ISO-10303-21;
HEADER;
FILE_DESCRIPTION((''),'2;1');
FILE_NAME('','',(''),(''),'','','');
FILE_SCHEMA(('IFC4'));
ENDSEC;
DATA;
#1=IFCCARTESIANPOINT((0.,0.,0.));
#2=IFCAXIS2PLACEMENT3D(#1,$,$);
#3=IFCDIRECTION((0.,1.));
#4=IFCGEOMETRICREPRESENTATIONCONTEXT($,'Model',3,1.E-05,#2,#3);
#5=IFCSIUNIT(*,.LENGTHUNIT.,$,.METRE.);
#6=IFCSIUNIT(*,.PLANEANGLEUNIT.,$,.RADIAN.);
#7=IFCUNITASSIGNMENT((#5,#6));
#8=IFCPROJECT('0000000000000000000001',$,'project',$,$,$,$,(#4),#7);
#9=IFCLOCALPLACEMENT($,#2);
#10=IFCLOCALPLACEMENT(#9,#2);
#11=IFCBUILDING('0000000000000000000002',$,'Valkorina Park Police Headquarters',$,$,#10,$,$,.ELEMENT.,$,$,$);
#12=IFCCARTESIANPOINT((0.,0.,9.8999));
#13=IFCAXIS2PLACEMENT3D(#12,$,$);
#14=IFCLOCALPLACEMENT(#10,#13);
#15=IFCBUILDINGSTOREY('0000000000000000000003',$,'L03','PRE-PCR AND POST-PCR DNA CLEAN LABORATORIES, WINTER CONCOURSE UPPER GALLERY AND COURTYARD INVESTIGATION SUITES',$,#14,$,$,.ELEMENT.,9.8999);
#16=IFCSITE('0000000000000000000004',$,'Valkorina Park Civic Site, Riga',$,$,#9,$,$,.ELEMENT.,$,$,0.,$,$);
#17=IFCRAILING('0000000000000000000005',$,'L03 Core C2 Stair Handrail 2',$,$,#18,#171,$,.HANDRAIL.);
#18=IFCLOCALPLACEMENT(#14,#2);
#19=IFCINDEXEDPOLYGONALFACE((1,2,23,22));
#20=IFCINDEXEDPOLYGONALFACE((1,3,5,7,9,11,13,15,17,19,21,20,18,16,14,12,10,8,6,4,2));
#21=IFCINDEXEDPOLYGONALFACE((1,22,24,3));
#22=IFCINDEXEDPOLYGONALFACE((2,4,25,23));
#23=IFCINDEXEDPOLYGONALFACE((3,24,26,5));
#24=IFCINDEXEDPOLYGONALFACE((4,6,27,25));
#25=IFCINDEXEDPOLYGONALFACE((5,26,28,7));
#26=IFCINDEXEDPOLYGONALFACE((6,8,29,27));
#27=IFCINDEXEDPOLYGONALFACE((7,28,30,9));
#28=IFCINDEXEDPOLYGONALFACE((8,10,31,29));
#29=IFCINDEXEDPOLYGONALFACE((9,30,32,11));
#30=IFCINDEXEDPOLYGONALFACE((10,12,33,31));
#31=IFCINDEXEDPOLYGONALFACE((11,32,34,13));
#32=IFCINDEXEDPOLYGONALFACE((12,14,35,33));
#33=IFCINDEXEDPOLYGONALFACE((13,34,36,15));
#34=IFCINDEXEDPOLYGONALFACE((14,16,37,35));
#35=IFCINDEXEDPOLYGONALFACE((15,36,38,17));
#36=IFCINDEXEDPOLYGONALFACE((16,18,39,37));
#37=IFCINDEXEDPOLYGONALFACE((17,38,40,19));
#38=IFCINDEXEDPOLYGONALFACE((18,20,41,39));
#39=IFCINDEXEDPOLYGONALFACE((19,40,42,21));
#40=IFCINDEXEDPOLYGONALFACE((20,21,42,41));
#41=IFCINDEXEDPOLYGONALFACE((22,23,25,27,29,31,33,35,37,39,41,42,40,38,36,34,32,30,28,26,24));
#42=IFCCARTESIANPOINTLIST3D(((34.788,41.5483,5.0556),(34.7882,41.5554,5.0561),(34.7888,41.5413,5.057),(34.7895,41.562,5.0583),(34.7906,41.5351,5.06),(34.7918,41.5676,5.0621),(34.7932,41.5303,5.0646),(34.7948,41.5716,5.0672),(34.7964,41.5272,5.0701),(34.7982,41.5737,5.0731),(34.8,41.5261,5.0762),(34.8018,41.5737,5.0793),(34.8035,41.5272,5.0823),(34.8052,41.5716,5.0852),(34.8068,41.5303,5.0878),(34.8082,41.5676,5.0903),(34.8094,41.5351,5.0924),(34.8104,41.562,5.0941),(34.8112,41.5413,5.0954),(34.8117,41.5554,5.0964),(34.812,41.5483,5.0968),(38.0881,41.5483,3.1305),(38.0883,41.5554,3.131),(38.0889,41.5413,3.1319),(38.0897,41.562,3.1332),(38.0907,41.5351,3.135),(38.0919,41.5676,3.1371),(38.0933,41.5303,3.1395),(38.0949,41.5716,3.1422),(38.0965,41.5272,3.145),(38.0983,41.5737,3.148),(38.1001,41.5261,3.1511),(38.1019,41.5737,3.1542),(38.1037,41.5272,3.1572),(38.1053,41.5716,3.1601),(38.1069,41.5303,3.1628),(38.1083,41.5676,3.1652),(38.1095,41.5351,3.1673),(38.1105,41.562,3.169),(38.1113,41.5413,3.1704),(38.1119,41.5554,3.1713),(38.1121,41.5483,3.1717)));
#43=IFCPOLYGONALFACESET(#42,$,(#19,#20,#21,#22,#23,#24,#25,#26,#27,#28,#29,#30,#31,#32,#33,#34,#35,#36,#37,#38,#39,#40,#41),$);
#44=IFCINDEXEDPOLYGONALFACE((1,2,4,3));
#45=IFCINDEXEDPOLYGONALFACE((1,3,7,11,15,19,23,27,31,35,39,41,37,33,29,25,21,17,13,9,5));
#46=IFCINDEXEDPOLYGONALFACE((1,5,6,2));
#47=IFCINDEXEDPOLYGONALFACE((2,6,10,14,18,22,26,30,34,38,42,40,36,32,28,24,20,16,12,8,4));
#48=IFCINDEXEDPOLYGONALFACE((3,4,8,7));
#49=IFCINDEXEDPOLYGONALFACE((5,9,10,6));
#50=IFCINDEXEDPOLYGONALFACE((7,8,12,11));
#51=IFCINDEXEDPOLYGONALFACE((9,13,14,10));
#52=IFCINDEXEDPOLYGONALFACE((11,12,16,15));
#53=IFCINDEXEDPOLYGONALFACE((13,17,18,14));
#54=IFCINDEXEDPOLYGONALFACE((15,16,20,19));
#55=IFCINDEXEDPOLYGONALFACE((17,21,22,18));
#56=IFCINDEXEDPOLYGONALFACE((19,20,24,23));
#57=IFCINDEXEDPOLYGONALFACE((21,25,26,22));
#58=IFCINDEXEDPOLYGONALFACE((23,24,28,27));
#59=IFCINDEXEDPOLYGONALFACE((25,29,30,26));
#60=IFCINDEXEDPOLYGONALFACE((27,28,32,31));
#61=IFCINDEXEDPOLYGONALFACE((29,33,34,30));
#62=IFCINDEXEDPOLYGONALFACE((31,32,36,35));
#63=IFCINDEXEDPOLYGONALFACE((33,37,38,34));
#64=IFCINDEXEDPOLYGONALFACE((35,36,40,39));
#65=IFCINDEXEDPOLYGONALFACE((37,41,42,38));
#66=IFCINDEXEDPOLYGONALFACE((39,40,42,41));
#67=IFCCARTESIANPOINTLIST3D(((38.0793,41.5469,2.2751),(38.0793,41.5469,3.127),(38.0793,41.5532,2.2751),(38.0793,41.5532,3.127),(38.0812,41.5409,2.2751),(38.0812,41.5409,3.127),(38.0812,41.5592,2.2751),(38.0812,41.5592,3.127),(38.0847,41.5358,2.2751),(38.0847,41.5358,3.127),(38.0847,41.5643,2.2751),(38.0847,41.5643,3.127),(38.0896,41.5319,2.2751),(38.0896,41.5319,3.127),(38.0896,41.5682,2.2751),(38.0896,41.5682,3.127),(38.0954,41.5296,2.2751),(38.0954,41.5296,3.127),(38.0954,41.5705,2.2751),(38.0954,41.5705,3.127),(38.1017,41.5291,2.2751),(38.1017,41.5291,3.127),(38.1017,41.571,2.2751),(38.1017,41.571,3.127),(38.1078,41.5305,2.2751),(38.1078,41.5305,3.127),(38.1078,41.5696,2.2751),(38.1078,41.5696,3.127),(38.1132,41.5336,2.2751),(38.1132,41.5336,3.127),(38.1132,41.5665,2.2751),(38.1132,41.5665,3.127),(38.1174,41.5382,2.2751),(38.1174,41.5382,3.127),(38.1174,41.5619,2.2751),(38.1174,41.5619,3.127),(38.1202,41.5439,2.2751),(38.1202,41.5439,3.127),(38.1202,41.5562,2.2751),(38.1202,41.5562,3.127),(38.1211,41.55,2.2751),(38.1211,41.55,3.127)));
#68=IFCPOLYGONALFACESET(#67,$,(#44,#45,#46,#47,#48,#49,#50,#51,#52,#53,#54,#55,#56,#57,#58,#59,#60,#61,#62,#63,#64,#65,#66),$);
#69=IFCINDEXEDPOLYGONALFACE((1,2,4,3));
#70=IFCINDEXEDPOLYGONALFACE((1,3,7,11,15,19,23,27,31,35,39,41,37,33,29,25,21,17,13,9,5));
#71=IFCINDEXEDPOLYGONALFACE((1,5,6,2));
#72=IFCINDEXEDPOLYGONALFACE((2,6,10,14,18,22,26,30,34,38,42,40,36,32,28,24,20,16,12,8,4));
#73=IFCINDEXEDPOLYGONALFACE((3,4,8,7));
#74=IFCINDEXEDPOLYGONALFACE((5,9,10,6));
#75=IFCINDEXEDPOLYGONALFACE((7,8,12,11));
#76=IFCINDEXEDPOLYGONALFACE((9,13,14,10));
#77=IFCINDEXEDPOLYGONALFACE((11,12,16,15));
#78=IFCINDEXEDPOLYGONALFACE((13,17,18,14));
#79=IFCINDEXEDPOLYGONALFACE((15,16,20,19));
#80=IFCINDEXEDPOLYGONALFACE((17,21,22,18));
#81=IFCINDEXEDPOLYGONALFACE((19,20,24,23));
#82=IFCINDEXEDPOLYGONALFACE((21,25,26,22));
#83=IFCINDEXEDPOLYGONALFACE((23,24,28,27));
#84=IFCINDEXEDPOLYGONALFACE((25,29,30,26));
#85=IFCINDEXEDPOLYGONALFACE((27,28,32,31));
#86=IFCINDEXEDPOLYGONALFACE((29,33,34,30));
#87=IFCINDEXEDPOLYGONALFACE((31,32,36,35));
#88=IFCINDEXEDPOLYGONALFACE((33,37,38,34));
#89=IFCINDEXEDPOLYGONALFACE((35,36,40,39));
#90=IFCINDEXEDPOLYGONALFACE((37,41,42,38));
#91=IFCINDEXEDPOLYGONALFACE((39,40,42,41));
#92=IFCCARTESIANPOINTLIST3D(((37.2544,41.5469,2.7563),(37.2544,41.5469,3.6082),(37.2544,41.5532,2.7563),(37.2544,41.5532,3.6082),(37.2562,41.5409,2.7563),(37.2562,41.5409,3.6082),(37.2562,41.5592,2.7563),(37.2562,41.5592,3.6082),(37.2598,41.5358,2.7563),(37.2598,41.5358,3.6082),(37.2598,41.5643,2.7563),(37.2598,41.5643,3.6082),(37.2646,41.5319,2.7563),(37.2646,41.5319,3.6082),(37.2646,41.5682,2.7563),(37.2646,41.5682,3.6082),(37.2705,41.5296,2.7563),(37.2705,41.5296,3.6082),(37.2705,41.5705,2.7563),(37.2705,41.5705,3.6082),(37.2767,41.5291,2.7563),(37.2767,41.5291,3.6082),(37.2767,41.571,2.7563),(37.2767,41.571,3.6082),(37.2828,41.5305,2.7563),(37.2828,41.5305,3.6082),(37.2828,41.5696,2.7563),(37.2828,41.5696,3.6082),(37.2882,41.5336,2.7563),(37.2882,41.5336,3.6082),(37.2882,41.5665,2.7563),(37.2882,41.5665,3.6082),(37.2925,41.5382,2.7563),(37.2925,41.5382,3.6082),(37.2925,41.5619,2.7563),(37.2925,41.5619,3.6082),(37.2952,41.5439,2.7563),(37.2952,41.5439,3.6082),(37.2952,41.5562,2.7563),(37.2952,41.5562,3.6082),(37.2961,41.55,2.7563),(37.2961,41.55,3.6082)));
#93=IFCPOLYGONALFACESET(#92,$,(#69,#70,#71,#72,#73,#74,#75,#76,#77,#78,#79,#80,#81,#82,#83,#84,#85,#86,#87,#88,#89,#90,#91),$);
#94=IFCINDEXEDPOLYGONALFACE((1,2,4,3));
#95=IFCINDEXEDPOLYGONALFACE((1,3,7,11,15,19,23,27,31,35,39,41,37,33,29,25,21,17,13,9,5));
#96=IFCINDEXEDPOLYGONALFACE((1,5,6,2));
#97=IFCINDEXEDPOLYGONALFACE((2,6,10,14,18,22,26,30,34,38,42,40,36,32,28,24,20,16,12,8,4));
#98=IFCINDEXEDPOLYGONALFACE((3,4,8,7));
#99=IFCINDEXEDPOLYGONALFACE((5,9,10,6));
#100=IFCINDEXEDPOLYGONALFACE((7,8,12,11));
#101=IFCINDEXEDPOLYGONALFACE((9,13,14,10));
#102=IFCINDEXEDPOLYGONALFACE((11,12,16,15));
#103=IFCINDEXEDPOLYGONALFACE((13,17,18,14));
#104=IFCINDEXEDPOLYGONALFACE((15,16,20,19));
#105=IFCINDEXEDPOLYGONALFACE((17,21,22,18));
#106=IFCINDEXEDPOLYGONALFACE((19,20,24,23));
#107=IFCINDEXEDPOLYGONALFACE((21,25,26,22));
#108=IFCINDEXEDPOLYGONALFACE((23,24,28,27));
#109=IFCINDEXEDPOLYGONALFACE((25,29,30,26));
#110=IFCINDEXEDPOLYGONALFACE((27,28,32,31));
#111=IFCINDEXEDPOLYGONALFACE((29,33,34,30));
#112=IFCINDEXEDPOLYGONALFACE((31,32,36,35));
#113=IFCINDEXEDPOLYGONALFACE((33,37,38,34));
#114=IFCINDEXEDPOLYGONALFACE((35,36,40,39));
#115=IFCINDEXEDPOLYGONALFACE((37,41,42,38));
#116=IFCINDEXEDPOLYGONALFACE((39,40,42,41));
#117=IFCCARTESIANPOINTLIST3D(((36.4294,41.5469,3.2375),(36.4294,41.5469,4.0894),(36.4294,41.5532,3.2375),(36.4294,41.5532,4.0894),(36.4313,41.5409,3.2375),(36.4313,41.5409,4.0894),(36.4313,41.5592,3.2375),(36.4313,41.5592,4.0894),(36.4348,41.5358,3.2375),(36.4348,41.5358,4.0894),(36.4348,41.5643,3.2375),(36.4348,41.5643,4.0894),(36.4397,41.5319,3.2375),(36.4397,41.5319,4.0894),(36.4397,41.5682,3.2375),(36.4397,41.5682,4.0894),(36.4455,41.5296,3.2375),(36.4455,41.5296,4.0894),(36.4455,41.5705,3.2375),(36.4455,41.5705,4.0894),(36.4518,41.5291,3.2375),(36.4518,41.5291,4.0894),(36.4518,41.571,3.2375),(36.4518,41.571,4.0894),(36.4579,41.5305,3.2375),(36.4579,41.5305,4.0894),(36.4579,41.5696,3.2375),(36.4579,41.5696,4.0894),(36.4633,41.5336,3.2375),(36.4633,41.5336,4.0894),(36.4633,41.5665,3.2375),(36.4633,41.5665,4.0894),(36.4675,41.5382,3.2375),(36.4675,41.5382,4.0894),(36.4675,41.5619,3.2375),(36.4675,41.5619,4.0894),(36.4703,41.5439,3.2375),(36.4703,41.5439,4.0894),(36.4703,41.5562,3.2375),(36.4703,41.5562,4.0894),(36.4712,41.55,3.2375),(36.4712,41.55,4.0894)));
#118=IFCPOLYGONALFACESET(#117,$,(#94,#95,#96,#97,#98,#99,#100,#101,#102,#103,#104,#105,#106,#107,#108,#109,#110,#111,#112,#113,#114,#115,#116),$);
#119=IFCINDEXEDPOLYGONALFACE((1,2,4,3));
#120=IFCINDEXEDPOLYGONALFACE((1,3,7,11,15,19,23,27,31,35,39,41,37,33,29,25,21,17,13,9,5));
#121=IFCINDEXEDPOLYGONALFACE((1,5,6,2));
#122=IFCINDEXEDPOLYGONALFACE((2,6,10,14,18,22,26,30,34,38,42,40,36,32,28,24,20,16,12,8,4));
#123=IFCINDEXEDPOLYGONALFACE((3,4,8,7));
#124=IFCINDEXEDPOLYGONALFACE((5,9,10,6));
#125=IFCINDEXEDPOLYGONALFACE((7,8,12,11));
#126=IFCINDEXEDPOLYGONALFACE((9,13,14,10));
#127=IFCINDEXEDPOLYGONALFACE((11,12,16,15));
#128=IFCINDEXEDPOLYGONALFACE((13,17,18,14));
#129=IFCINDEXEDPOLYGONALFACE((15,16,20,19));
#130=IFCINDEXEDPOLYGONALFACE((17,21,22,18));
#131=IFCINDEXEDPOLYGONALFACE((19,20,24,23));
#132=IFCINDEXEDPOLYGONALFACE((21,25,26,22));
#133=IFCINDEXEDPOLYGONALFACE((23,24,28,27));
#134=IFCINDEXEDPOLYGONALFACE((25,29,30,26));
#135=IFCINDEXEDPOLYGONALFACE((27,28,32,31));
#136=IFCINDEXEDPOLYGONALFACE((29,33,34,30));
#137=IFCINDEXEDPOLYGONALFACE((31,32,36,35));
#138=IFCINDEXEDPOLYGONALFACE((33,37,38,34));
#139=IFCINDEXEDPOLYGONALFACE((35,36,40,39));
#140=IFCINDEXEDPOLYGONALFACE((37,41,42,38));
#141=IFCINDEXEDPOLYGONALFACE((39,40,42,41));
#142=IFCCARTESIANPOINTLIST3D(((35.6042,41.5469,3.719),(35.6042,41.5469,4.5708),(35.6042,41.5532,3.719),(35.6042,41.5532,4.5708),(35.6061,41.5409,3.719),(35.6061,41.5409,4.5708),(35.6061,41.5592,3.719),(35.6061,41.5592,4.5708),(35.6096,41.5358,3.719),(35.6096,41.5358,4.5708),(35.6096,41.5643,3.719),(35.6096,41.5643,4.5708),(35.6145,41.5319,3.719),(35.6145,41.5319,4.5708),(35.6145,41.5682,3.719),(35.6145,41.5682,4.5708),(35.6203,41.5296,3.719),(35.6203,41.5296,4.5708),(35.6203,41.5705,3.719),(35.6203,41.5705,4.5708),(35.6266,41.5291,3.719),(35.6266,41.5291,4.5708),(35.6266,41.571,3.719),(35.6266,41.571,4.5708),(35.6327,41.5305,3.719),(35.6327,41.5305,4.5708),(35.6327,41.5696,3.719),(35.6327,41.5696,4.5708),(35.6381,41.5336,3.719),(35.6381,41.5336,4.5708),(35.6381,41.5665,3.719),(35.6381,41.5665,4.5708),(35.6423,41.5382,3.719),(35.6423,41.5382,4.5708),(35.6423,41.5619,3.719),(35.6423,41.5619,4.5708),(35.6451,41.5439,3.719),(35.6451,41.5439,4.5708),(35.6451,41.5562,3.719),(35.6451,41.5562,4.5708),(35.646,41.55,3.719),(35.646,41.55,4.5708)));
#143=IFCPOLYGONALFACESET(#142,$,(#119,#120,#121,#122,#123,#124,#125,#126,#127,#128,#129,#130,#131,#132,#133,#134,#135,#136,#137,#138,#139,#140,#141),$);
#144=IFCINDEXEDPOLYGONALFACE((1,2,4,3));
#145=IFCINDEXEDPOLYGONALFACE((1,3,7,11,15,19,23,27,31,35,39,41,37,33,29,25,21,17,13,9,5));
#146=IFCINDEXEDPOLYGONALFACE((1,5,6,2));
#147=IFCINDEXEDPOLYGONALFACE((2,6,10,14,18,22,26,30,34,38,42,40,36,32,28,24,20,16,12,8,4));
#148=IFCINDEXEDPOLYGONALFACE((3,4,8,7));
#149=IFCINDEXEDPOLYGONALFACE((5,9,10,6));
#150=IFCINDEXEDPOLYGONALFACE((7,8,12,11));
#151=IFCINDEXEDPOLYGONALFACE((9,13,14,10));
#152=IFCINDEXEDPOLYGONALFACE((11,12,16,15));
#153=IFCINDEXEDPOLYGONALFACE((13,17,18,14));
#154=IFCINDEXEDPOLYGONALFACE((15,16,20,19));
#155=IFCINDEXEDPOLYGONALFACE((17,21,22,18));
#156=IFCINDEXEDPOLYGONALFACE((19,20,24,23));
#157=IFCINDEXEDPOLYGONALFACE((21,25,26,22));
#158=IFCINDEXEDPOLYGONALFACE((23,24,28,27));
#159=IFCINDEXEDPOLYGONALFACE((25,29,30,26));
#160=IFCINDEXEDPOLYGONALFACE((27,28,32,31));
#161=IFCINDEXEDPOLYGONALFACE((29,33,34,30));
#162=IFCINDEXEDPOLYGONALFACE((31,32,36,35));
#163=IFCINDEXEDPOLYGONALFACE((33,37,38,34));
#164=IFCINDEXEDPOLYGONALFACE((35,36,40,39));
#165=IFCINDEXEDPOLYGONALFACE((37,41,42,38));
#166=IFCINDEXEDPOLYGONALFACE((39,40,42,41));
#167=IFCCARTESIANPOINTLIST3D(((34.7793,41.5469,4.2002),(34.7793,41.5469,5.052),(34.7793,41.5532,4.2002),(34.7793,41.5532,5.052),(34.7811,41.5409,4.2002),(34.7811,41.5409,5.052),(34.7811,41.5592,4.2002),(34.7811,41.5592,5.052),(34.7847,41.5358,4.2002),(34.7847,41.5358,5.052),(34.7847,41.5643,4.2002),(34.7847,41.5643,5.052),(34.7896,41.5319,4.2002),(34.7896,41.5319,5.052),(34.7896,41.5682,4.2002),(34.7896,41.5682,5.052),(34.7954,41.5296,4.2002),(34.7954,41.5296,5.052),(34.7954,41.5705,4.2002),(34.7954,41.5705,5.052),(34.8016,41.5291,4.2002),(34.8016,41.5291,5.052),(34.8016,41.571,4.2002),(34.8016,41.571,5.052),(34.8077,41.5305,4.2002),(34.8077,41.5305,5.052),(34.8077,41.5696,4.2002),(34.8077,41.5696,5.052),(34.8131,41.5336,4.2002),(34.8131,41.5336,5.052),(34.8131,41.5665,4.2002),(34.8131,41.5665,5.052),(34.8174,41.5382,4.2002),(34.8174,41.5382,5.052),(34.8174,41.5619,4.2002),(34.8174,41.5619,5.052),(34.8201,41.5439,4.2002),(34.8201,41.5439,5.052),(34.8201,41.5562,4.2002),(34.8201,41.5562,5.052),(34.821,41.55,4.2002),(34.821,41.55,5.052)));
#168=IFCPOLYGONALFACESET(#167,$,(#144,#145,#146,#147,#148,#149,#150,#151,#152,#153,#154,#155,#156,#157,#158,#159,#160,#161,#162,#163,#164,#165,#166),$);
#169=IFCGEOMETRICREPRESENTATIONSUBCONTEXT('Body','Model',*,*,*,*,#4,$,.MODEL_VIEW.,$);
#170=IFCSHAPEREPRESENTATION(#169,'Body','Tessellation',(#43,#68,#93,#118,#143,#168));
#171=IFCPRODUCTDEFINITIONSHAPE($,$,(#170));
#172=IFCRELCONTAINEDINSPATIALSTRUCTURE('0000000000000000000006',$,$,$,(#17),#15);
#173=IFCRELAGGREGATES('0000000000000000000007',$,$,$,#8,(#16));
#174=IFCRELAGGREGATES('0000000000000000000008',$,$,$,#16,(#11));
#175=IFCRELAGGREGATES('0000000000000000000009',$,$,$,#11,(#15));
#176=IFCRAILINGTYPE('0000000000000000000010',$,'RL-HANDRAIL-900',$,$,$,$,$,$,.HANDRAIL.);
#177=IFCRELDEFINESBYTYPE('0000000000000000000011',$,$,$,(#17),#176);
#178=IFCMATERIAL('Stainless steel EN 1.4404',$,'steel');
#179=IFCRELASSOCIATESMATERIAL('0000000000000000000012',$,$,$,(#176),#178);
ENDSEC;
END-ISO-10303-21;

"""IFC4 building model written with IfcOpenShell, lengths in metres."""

from ifc_helpers import new_model, si_unit, direction, frame, origin, origin_2d, place, context, subcontext, project, spatial, circle, extrude, material, type_object, element, save


model = new_model("IFC4")

# Units and contexts
model_context = context("Model", 3, precision=1e-05, world=origin(), true_north=direction((0.0, 1.0)))
body_context = subcontext(model_context, "Body", "Model", "MODEL_VIEW")
ifc_project = project(units=[si_unit("LENGTHUNIT", "METRE"), si_unit("PLANEANGLEUNIT", "RADIAN")], contexts=[model_context])

# Site, building, storey
site_placement = place(None, origin())
site = spatial("IfcSite", under=ifc_project, at=site_placement, Name="Valkorina Park Civic Site, Riga", CompositionType="ELEMENT", RefElevation=0.0)
building_placement = place(site_placement, origin())
building = spatial("IfcBuilding", under=site, at=building_placement, Name="Valkorina Park Police Headquarters", CompositionType="ELEMENT")
storey_placement = place(building_placement, frame((0.0, 0.0, 9.8999)))
storey = spatial("IfcBuildingStorey", under=building, at=storey_placement, Name="L03", Description="PRE-PCR AND POST-PCR DNA CLEAN LABORATORIES, WINTER CONCOURSE UPPER GALLERY AND COURTYARD INVESTIGATION SUITES", CompositionType="ELEMENT", Elevation=9.8999)

# Shared definitions
ifc_material_1 = material(Name="Stainless steel EN 1.4404", Category="steel")

# Railing
railing_type_1 = type_object("IfcRailingType", Name="RL-HANDRAIL-900", PredefinedType="HANDRAIL", material=ifc_material_1)
railing_1_placement = place(storey_placement, frame((38.1001, 41.55, 2.2751)))
element("IfcRailing", 1, at=railing_1_placement, inside=storey, type_object=railing_type_1, Name="L03 Core C2 Stair Handrail 2", PredefinedType="HANDRAIL", context=body_context, shape_type="SweptSolid", body=[
    extrude(circle(Radius=0.0239, at=origin_2d()), frame((0.0, 0.0, 0.876), z_axis=(-0.863777, 0.0, 0.503875), x_axis=(0.0, -1.0, 0.0)), (0.0, 0.0, 1.0), 3.8206),
    extrude(circle(Radius=0.021, at=origin_2d()), origin(), (0.0, 0.0, 1.0), 0.8518),
    extrude(circle(Radius=0.021, at=origin_2d()), frame((-0.825, 0.0, 0.4812)), (0.0, 0.0, 1.0), 0.8518),
    extrude(circle(Radius=0.021, at=origin_2d()), frame((-1.6499, 0.0, 0.9624)), (0.0, 0.0, 1.0), 0.8518),
    extrude(circle(Radius=0.021, at=origin_2d()), frame((-2.4751, 0.0, 1.4438)), (0.0, 0.0, 1.0), 0.8518),
    extrude(circle(Radius=0.021, at=origin_2d()), frame((-3.3, 0.0, 1.925)), (0.0, 0.0, 1.0), 0.8518),
])

save(model, "model.ifc")
